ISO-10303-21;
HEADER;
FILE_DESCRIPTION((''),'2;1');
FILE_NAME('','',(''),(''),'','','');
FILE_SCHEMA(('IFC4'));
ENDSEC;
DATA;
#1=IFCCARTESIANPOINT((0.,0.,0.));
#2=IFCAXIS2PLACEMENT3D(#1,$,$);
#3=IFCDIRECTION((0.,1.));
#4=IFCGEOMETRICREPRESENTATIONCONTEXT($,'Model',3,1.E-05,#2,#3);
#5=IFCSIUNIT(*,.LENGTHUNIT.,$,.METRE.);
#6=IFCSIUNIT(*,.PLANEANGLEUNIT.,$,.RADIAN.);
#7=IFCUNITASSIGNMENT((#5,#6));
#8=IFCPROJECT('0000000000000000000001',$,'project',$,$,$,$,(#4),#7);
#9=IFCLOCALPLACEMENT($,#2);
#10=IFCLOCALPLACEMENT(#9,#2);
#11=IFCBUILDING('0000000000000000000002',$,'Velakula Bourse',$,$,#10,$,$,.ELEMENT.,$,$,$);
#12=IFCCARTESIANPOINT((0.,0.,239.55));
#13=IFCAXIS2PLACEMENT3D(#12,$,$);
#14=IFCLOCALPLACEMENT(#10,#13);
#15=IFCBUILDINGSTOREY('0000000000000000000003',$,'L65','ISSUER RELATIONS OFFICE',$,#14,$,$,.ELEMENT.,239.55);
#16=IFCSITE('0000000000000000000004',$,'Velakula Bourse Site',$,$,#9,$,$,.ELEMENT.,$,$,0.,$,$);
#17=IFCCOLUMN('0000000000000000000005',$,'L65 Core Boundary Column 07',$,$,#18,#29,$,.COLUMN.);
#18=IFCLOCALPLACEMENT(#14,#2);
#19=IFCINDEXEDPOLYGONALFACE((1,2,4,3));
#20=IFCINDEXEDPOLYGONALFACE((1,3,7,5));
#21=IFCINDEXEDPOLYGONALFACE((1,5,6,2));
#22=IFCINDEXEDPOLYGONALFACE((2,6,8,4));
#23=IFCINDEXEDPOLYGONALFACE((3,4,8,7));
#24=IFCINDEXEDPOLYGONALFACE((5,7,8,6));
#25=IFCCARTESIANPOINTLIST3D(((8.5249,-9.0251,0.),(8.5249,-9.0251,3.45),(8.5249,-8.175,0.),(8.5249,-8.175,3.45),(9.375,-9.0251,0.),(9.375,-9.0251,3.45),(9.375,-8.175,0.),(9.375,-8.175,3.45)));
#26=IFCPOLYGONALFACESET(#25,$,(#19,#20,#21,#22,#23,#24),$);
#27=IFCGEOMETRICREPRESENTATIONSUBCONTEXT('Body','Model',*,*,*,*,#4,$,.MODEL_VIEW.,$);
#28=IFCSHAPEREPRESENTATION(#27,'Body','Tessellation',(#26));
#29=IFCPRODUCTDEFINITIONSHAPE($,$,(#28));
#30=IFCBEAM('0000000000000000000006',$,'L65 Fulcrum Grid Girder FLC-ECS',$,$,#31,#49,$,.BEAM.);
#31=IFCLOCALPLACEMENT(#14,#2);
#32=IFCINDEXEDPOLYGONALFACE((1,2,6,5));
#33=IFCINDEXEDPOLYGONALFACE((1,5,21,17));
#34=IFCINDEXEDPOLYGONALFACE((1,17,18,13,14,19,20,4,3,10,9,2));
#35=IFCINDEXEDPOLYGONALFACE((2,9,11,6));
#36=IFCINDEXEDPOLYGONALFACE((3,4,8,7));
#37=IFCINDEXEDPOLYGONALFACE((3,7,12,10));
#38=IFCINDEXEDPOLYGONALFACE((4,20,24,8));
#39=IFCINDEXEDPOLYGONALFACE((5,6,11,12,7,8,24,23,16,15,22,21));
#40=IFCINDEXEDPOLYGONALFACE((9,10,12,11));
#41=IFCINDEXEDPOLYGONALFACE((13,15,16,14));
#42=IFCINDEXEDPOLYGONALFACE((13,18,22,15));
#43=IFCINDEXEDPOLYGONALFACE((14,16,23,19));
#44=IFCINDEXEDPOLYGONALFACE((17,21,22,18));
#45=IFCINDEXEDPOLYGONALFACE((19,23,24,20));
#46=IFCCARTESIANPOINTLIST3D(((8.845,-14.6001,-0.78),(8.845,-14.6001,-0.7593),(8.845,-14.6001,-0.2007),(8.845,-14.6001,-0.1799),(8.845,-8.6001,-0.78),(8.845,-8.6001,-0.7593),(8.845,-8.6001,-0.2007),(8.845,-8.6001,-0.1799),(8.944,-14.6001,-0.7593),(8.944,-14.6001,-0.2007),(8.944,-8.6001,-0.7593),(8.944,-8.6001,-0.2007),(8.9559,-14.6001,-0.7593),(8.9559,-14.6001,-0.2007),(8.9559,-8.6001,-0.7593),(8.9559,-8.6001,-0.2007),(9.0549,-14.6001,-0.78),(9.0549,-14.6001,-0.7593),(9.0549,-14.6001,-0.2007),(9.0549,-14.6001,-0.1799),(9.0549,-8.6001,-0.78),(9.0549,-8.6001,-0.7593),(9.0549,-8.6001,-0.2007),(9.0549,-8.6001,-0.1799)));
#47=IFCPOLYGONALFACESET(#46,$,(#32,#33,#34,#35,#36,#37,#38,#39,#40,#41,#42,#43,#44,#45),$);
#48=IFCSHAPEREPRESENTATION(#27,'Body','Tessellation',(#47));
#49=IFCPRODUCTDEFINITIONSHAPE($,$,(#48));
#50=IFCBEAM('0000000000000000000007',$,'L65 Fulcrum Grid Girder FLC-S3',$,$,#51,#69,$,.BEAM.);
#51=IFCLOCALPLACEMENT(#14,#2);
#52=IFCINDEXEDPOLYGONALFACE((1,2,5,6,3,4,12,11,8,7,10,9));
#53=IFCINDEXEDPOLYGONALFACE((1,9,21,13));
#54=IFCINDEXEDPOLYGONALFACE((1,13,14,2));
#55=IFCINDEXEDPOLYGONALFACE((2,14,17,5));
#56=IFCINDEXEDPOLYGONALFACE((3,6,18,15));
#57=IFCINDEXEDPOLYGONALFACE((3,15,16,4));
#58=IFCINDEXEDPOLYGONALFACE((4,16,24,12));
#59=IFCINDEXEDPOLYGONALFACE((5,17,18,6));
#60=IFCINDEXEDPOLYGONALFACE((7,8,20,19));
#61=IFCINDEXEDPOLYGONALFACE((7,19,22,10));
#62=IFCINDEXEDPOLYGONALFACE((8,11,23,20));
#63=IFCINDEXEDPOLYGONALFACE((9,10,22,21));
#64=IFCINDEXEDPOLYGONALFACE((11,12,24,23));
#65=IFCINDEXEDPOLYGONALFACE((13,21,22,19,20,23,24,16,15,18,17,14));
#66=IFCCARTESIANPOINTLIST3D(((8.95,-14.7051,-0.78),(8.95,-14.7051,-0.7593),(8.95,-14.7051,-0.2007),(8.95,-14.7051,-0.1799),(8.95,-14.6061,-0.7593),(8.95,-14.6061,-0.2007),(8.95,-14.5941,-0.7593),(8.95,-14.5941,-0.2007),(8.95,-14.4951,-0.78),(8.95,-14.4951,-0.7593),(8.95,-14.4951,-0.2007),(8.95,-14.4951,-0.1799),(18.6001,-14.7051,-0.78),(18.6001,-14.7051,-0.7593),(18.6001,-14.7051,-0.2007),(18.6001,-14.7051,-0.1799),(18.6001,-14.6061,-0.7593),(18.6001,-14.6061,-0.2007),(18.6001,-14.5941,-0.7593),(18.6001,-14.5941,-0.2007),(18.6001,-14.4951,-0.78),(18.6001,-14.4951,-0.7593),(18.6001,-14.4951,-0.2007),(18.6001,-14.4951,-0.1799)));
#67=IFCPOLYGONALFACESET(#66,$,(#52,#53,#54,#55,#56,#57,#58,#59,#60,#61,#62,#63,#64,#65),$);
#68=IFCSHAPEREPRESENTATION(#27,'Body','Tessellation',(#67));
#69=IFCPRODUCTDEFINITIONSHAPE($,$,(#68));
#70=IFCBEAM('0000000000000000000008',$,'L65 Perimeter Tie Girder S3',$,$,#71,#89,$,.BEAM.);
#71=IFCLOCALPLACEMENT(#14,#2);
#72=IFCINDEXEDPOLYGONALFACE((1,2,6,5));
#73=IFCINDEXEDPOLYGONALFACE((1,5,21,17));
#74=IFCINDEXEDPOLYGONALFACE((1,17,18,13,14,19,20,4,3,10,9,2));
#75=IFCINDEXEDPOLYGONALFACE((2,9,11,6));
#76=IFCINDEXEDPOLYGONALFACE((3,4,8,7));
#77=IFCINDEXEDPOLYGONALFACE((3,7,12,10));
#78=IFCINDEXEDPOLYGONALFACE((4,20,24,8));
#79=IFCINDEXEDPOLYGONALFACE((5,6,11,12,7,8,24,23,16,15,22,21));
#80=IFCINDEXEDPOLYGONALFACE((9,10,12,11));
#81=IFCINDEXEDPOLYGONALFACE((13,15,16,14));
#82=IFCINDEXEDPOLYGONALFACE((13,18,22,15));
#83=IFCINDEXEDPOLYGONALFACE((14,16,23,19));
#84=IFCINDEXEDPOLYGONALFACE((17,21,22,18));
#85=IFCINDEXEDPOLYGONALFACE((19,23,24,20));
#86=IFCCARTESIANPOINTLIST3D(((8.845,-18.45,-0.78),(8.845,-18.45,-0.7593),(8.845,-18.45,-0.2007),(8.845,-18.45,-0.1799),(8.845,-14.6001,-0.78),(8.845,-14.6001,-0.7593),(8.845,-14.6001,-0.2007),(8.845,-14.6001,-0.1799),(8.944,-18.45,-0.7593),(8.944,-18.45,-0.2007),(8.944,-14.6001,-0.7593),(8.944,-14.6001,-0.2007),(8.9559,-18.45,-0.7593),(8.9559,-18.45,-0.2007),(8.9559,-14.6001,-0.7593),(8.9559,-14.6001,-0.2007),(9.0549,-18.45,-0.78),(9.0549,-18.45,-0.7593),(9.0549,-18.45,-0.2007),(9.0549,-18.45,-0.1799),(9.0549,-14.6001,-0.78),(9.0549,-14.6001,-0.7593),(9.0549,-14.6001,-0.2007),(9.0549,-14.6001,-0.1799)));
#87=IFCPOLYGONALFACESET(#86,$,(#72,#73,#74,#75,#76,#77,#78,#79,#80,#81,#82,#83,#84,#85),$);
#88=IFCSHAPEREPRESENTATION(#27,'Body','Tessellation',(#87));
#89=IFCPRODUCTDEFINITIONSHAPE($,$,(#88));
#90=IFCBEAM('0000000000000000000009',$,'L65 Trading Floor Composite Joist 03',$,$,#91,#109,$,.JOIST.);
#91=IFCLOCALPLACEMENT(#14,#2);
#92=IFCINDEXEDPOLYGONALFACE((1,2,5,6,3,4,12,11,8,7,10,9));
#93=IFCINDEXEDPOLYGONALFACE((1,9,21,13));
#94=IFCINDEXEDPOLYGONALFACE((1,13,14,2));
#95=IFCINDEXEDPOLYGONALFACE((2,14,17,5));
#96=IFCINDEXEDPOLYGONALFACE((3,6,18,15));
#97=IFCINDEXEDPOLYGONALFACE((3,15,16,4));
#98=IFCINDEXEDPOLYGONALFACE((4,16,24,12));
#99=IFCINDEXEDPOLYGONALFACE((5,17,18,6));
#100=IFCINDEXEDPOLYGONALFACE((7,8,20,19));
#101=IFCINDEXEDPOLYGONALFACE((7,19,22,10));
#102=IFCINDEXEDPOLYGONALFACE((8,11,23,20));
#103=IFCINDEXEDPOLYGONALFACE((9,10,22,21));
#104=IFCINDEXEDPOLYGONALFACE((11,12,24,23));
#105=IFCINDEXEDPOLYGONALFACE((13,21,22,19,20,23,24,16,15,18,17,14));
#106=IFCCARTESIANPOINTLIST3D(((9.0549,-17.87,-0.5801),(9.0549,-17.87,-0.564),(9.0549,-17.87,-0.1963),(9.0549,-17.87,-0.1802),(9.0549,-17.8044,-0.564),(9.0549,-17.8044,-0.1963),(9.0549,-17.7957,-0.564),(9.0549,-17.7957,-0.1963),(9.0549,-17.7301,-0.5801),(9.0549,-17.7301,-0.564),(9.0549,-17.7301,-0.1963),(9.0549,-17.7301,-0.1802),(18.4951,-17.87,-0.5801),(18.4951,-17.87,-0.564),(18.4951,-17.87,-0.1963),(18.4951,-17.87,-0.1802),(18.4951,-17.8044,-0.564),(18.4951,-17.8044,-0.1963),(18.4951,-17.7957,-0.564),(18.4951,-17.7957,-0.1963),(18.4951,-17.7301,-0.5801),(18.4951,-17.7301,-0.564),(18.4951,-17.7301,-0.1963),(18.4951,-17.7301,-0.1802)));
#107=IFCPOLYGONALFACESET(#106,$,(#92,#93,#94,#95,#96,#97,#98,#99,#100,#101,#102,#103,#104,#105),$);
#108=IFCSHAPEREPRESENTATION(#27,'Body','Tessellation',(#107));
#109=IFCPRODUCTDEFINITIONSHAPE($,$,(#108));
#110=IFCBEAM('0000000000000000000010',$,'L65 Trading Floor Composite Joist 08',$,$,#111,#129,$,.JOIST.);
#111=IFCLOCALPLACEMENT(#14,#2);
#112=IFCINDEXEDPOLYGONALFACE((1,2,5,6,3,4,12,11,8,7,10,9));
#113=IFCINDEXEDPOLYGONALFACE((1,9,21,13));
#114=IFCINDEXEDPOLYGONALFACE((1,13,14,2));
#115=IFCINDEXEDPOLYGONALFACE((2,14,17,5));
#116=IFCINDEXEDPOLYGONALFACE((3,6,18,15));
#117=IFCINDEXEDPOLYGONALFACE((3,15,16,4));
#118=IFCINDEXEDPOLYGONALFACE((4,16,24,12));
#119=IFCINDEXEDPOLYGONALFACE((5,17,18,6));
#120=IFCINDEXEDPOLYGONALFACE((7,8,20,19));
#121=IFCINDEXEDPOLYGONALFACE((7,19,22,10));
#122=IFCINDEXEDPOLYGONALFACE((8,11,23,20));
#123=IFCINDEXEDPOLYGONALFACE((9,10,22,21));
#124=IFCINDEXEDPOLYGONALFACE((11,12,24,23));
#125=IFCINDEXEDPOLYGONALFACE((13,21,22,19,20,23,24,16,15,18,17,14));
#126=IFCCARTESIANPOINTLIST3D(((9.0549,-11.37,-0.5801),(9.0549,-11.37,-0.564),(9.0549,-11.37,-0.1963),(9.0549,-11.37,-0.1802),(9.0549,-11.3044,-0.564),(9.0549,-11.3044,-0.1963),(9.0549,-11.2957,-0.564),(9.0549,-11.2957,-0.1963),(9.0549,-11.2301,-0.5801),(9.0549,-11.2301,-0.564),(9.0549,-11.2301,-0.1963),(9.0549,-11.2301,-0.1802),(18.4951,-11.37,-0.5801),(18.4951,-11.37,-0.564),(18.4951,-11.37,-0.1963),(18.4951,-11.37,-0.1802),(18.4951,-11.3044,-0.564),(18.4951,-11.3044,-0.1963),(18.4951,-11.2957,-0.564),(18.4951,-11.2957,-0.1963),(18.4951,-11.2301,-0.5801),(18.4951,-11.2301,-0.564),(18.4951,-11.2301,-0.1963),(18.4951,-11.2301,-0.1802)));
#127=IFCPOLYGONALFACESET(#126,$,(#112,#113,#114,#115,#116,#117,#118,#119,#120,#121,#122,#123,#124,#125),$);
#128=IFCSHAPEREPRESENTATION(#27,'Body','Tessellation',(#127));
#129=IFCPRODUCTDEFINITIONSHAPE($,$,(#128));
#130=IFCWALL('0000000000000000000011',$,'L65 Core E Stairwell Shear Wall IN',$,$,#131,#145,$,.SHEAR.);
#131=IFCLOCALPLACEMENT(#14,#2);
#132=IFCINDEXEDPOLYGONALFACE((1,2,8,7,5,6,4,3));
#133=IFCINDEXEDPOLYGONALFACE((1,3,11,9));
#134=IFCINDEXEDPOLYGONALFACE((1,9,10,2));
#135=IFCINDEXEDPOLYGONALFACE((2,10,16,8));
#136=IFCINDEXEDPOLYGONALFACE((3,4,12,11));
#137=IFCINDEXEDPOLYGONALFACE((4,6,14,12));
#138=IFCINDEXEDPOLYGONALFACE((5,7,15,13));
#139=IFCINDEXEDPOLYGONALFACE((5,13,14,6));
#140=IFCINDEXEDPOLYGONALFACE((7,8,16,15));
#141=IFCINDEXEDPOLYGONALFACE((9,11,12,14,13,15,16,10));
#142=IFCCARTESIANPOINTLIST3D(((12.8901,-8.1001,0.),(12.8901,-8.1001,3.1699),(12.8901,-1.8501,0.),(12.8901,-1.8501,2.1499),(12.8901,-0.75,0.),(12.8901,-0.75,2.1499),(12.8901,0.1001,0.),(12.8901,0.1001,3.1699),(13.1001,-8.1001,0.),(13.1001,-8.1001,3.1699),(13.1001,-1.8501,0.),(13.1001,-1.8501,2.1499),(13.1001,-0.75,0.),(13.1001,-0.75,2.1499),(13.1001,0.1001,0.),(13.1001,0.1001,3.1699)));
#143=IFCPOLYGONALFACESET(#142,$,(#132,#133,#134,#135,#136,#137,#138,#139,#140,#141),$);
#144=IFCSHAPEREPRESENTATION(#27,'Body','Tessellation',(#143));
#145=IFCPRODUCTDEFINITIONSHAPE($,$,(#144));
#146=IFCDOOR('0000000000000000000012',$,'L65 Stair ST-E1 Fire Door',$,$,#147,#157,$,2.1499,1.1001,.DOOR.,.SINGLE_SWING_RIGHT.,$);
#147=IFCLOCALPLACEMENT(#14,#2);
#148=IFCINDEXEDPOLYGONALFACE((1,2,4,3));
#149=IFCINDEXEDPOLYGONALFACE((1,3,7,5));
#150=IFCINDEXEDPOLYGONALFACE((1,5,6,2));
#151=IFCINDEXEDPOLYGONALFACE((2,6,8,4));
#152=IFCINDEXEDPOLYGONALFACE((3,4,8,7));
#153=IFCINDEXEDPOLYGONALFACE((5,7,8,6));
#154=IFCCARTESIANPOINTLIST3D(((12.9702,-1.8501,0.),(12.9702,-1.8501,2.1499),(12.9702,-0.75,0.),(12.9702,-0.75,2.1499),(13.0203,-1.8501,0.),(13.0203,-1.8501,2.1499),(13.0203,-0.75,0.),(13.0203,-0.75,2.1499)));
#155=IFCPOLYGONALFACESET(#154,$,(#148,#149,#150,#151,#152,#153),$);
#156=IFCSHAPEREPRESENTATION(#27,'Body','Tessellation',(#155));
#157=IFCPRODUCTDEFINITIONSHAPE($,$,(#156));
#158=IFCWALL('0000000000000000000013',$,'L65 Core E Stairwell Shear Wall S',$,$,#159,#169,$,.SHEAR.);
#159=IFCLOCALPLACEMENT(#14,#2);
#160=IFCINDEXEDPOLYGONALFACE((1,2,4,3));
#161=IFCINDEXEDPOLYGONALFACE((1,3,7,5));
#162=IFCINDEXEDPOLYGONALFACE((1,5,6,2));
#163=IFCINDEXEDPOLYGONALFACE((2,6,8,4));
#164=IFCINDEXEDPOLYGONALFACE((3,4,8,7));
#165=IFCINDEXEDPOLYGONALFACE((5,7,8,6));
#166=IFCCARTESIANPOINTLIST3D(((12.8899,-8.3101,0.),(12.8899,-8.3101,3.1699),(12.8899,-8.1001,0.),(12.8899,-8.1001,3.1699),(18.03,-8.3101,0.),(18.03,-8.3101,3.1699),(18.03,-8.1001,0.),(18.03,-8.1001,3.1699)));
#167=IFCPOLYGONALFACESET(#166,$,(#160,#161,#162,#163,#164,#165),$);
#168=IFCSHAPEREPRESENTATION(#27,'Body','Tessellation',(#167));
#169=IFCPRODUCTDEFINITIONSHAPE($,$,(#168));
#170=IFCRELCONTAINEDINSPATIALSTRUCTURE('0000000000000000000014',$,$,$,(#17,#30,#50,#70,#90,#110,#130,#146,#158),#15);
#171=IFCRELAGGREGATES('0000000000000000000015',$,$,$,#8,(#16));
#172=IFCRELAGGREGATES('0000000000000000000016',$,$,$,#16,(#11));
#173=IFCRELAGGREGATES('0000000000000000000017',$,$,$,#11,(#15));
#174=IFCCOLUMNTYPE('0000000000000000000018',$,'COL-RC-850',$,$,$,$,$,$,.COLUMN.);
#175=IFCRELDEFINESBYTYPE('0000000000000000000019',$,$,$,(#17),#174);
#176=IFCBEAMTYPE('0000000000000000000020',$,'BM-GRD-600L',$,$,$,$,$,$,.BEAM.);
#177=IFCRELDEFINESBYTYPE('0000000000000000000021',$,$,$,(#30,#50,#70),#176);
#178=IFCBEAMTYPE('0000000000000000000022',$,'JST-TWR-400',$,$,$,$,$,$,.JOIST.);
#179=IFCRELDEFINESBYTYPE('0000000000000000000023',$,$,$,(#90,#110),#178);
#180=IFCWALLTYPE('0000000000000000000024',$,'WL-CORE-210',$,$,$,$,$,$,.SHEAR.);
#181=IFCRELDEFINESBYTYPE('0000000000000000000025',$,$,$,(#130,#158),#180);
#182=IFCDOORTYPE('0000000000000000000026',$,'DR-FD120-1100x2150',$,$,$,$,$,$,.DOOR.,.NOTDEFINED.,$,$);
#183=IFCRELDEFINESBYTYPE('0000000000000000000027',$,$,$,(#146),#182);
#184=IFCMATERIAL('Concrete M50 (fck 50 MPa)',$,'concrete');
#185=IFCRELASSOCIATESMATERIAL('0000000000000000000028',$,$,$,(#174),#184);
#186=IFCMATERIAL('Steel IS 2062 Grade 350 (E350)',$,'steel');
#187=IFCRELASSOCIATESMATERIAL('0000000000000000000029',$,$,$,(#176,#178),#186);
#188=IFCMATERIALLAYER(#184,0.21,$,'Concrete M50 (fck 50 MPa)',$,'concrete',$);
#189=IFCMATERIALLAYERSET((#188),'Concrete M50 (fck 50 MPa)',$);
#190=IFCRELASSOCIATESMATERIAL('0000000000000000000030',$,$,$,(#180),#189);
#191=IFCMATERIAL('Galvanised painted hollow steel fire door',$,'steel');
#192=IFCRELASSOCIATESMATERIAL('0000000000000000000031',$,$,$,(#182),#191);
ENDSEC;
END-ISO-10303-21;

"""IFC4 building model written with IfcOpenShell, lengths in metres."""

from ifc_helpers import new_model, si_unit, direction, frame, frame_2d, origin, origin_2d, place, context, subcontext, project, spatial, rectangle, i_section, extrude, material, layer, layer_set, material_profile, profile_set, type_object, element, fill, save


model = new_model("IFC4")

# Units and contexts
model_context = context("Model", 3, precision=1e-05, world=origin(), true_north=direction((0.0, 1.0)))
body_context = subcontext(model_context, "Body", "Model", "MODEL_VIEW")
ifc_project = project(units=[si_unit("LENGTHUNIT", "METRE"), si_unit("PLANEANGLEUNIT", "RADIAN")], contexts=[model_context])

# Site, building, storey
site_placement = place(None, origin())
site = spatial("IfcSite", under=ifc_project, at=site_placement, Name="Velakula Bourse Site", CompositionType="ELEMENT", RefElevation=0.0)
building_placement = place(site_placement, origin())
building = spatial("IfcBuilding", under=site, at=building_placement, Name="Velakula Bourse", CompositionType="ELEMENT")
storey_placement = place(building_placement, frame((0.0, 0.0, 239.55)))
storey = spatial("IfcBuildingStorey", under=building, at=storey_placement, Name="L65", Description="ISSUER RELATIONS OFFICE", CompositionType="ELEMENT", Elevation=239.55)

# Column
ifc_material_1 = material(Name="Concrete M50 (fck 50 MPa)", Category="concrete")
ifc_material_profile_1 = material_profile(ifc_material_1, rectangle(XDim=0.8501, YDim=0.8501, at=origin_2d()), Name="Concrete M50 (fck 50 MPa)")
ifc_profile_set_1 = profile_set([ifc_material_profile_1], Name="Concrete M50 (fck 50 MPa)")
column_type = type_object("IfcColumnType", Name="COL-RC-850", PredefinedType="COLUMN", material=ifc_profile_set_1)
column_placement = place(storey_placement, frame((8.95, -8.6001, 0.0), z_axis=(0.0, 0.0, 1.0), x_axis=(1.0, 0.0, 0.0)))
element("IfcColumn", 1, at=column_placement, inside=storey, type_object=column_type, Name="L65 Core Boundary Column 07", PredefinedType="COLUMN", context=body_context, shape_type="SweptSolid", body=[
    extrude(rectangle(XDim=0.8501, YDim=0.8501, at=origin_2d()), origin(), (0.0, 0.0, 1.0), 3.45),
])

# Beams
ifc_material_2 = material(Name="Steel IS 2062 Grade 350 (E350)", Category="steel")
ifc_material_profile_2 = material_profile(ifc_material_2, i_section(OverallWidth=0.21, OverallDepth=0.6001, WebThickness=0.012, FlangeThickness=0.0208, at=origin_2d()), Name="Steel IS 2062 Grade 350 (E350)")
ifc_profile_set_2 = profile_set([ifc_material_profile_2], Name="Steel IS 2062 Grade 350 (E350)")
beam_type_1 = type_object("IfcBeamType", Name="BM-GRD-600L", PredefinedType="BEAM", material=ifc_profile_set_2)
beam_1_placement = place(storey_placement, frame((8.95, -14.6001, -0.48), z_axis=(0.0, 1.0, 0.0), x_axis=(-1.0, 0.0, 0.0)))
element("IfcBeam", 2, at=beam_1_placement, inside=storey, type_object=beam_type_1, Name="L65 Fulcrum Grid Girder FLC-ECS", PredefinedType="BEAM", context=body_context, shape_type="SweptSolid", body=[
    extrude(i_section(OverallWidth=0.21, OverallDepth=0.6001, WebThickness=0.012, FlangeThickness=0.0208, at=origin_2d()), origin(), (0.0, 0.0, 1.0), 6.0),
])
beam_2_placement = place(storey_placement, frame((8.95, -14.6001, -0.48), z_axis=(1.0, 0.0, 0.0), x_axis=(0.0, 1.0, 0.0)))
element("IfcBeam", 3, at=beam_2_placement, inside=storey, type_object=beam_type_1, Name="L65 Fulcrum Grid Girder FLC-S3", PredefinedType="BEAM", context=body_context, shape_type="SweptSolid", body=[
    extrude(i_section(OverallWidth=0.21, OverallDepth=0.6001, WebThickness=0.012, FlangeThickness=0.0208, at=origin_2d()), origin(), (0.0, 0.0, 1.0), 9.6501),
])
beam_3_placement = place(storey_placement, frame((8.95, -14.6001, -0.48), z_axis=(0.0, -1.0, 0.0), x_axis=(1.0, 0.0, 0.0)))
element("IfcBeam", 4, at=beam_3_placement, inside=storey, type_object=beam_type_1, Name="L65 Perimeter Tie Girder S3", PredefinedType="BEAM", context=body_context, shape_type="SweptSolid", body=[
    extrude(i_section(OverallWidth=0.21, OverallDepth=0.6001, WebThickness=0.012, FlangeThickness=0.0208, at=origin_2d()), origin(), (0.0, 0.0, 1.0), 3.8499),
])
ifc_material_profile_3 = material_profile(ifc_material_2, i_section(OverallWidth=0.1399, OverallDepth=0.3999, WebThickness=0.0088, FlangeThickness=0.0161, at=origin_2d()), Name="Steel IS 2062 Grade 350 (E350)")
ifc_profile_set_3 = profile_set([ifc_material_profile_3], Name="Steel IS 2062 Grade 350 (E350)")
beam_type_2 = type_object("IfcBeamType", Name="JST-TWR-400", PredefinedType="JOIST", material=ifc_profile_set_3)
for number, where, z_axis, x_axis, name in (
    (5, (9.0549, -17.8, -0.3801), (1.0, 0.0, 0.0), (0.0, 1.0, 0.0), "L65 Trading Floor Composite Joist 03"),
    (6, (9.0549, -11.3, -0.3801), (1.0, 0.0, 0.0), (0.0, 1.0, 0.0), "L65 Trading Floor Composite Joist 08"),
):
    element("IfcBeam", number, at=place(storey_placement, frame(where, z_axis=z_axis, x_axis=x_axis)), inside=storey, type_object=beam_type_2, Name=name, PredefinedType="JOIST", context=body_context, shape_type="SweptSolid", body=[
        extrude(i_section(OverallWidth=0.1399, OverallDepth=0.3999, WebThickness=0.0088, FlangeThickness=0.0161, at=origin_2d()), origin(), (0.0, 0.0, 1.0), 9.4402),
    ])

# Wall, opening, door
ifc_layer_1 = layer(ifc_material_1, 0.21, Name="Concrete M50 (fck 50 MPa)", Category="concrete")
ifc_layer_set_1 = layer_set([ifc_layer_1], Name="Concrete M50 (fck 50 MPa)")
wall_type_1 = type_object("IfcWallType", Name="WL-CORE-210", PredefinedType="SHEAR", material=ifc_layer_set_1)
wall_1_placement = place(storey_placement, frame((12.9951, -8.1001, 0.0), z_axis=(0.0, 0.0, 1.0), x_axis=(0.0, 1.0, 0.0)))
wall_1 = element("IfcWall", 7, at=wall_1_placement, inside=storey, type_object=wall_type_1, Name="L65 Core E Stairwell Shear Wall IN", PredefinedType="SHEAR", context=body_context, shape_type="SweptSolid", body=[
    extrude(rectangle(XDim=8.2002, YDim=0.21, at=frame_2d((4.1001, 0.0))), origin(), (0.0, 0.0, 1.0), 3.1699),
])
opening_1_placement = place(wall_1_placement, frame((6.25, 0.0, 0.0)))
opening_1 = element("IfcOpeningElement", 8, at=opening_1_placement, cuts=wall_1, PredefinedType="OPENING", context=body_context, shape_type="SweptSolid", body=[
    extrude(rectangle(XDim=1.1001, YDim=2.1499, at=frame_2d((0.55, 1.075))), frame((0.0, 0.115, 0.0), z_axis=(0.0, -1.0, 0.0), x_axis=(1.0, 0.0, 0.0)), (0.0, 0.0, 1.0), 0.23),
])
ifc_material_3 = material(Name="Galvanised painted hollow steel fire door", Category="steel")
door_type_1 = type_object("IfcDoorType", Name="DR-FD120-1100x2150", OperationType="NOTDEFINED", PredefinedType="DOOR", material=ifc_material_3)
door_1_placement = place(opening_1_placement, origin())
door_1 = element("IfcDoor", 9, at=door_1_placement, inside=storey, type_object=door_type_1, Name="L65 Stair ST-E1 Fire Door", OperationType="SINGLE_SWING_RIGHT", OverallHeight=2.1499, OverallWidth=1.1001, PredefinedType="DOOR", context=body_context, shape_type="SweptSolid", body=[
    extrude(rectangle(XDim=1.1001, YDim=2.1499, at=frame_2d((0.55, 1.075))), frame((0.0, 0.0249, 0.0), z_axis=(0.0, -1.0, 0.0), x_axis=(1.0, 0.0, 0.0)), (0.0, 0.0, 1.0), 0.05),
])
fill(opening_1, door_1)

# Wall
wall_2_placement = place(storey_placement, frame((12.8899, -8.2051, 0.0), z_axis=(0.0, 0.0, 1.0), x_axis=(1.0, 0.0, 0.0)))
element("IfcWall", 10, at=wall_2_placement, inside=storey, type_object=wall_type_1, Name="L65 Core E Stairwell Shear Wall S", PredefinedType="SHEAR", context=body_context, shape_type="SweptSolid", body=[
    extrude(rectangle(XDim=5.1401, YDim=0.21, at=frame_2d((2.5701, 0.0))), origin(), (0.0, 0.0, 1.0), 3.1699),
])

save(model, "model.ifc")
